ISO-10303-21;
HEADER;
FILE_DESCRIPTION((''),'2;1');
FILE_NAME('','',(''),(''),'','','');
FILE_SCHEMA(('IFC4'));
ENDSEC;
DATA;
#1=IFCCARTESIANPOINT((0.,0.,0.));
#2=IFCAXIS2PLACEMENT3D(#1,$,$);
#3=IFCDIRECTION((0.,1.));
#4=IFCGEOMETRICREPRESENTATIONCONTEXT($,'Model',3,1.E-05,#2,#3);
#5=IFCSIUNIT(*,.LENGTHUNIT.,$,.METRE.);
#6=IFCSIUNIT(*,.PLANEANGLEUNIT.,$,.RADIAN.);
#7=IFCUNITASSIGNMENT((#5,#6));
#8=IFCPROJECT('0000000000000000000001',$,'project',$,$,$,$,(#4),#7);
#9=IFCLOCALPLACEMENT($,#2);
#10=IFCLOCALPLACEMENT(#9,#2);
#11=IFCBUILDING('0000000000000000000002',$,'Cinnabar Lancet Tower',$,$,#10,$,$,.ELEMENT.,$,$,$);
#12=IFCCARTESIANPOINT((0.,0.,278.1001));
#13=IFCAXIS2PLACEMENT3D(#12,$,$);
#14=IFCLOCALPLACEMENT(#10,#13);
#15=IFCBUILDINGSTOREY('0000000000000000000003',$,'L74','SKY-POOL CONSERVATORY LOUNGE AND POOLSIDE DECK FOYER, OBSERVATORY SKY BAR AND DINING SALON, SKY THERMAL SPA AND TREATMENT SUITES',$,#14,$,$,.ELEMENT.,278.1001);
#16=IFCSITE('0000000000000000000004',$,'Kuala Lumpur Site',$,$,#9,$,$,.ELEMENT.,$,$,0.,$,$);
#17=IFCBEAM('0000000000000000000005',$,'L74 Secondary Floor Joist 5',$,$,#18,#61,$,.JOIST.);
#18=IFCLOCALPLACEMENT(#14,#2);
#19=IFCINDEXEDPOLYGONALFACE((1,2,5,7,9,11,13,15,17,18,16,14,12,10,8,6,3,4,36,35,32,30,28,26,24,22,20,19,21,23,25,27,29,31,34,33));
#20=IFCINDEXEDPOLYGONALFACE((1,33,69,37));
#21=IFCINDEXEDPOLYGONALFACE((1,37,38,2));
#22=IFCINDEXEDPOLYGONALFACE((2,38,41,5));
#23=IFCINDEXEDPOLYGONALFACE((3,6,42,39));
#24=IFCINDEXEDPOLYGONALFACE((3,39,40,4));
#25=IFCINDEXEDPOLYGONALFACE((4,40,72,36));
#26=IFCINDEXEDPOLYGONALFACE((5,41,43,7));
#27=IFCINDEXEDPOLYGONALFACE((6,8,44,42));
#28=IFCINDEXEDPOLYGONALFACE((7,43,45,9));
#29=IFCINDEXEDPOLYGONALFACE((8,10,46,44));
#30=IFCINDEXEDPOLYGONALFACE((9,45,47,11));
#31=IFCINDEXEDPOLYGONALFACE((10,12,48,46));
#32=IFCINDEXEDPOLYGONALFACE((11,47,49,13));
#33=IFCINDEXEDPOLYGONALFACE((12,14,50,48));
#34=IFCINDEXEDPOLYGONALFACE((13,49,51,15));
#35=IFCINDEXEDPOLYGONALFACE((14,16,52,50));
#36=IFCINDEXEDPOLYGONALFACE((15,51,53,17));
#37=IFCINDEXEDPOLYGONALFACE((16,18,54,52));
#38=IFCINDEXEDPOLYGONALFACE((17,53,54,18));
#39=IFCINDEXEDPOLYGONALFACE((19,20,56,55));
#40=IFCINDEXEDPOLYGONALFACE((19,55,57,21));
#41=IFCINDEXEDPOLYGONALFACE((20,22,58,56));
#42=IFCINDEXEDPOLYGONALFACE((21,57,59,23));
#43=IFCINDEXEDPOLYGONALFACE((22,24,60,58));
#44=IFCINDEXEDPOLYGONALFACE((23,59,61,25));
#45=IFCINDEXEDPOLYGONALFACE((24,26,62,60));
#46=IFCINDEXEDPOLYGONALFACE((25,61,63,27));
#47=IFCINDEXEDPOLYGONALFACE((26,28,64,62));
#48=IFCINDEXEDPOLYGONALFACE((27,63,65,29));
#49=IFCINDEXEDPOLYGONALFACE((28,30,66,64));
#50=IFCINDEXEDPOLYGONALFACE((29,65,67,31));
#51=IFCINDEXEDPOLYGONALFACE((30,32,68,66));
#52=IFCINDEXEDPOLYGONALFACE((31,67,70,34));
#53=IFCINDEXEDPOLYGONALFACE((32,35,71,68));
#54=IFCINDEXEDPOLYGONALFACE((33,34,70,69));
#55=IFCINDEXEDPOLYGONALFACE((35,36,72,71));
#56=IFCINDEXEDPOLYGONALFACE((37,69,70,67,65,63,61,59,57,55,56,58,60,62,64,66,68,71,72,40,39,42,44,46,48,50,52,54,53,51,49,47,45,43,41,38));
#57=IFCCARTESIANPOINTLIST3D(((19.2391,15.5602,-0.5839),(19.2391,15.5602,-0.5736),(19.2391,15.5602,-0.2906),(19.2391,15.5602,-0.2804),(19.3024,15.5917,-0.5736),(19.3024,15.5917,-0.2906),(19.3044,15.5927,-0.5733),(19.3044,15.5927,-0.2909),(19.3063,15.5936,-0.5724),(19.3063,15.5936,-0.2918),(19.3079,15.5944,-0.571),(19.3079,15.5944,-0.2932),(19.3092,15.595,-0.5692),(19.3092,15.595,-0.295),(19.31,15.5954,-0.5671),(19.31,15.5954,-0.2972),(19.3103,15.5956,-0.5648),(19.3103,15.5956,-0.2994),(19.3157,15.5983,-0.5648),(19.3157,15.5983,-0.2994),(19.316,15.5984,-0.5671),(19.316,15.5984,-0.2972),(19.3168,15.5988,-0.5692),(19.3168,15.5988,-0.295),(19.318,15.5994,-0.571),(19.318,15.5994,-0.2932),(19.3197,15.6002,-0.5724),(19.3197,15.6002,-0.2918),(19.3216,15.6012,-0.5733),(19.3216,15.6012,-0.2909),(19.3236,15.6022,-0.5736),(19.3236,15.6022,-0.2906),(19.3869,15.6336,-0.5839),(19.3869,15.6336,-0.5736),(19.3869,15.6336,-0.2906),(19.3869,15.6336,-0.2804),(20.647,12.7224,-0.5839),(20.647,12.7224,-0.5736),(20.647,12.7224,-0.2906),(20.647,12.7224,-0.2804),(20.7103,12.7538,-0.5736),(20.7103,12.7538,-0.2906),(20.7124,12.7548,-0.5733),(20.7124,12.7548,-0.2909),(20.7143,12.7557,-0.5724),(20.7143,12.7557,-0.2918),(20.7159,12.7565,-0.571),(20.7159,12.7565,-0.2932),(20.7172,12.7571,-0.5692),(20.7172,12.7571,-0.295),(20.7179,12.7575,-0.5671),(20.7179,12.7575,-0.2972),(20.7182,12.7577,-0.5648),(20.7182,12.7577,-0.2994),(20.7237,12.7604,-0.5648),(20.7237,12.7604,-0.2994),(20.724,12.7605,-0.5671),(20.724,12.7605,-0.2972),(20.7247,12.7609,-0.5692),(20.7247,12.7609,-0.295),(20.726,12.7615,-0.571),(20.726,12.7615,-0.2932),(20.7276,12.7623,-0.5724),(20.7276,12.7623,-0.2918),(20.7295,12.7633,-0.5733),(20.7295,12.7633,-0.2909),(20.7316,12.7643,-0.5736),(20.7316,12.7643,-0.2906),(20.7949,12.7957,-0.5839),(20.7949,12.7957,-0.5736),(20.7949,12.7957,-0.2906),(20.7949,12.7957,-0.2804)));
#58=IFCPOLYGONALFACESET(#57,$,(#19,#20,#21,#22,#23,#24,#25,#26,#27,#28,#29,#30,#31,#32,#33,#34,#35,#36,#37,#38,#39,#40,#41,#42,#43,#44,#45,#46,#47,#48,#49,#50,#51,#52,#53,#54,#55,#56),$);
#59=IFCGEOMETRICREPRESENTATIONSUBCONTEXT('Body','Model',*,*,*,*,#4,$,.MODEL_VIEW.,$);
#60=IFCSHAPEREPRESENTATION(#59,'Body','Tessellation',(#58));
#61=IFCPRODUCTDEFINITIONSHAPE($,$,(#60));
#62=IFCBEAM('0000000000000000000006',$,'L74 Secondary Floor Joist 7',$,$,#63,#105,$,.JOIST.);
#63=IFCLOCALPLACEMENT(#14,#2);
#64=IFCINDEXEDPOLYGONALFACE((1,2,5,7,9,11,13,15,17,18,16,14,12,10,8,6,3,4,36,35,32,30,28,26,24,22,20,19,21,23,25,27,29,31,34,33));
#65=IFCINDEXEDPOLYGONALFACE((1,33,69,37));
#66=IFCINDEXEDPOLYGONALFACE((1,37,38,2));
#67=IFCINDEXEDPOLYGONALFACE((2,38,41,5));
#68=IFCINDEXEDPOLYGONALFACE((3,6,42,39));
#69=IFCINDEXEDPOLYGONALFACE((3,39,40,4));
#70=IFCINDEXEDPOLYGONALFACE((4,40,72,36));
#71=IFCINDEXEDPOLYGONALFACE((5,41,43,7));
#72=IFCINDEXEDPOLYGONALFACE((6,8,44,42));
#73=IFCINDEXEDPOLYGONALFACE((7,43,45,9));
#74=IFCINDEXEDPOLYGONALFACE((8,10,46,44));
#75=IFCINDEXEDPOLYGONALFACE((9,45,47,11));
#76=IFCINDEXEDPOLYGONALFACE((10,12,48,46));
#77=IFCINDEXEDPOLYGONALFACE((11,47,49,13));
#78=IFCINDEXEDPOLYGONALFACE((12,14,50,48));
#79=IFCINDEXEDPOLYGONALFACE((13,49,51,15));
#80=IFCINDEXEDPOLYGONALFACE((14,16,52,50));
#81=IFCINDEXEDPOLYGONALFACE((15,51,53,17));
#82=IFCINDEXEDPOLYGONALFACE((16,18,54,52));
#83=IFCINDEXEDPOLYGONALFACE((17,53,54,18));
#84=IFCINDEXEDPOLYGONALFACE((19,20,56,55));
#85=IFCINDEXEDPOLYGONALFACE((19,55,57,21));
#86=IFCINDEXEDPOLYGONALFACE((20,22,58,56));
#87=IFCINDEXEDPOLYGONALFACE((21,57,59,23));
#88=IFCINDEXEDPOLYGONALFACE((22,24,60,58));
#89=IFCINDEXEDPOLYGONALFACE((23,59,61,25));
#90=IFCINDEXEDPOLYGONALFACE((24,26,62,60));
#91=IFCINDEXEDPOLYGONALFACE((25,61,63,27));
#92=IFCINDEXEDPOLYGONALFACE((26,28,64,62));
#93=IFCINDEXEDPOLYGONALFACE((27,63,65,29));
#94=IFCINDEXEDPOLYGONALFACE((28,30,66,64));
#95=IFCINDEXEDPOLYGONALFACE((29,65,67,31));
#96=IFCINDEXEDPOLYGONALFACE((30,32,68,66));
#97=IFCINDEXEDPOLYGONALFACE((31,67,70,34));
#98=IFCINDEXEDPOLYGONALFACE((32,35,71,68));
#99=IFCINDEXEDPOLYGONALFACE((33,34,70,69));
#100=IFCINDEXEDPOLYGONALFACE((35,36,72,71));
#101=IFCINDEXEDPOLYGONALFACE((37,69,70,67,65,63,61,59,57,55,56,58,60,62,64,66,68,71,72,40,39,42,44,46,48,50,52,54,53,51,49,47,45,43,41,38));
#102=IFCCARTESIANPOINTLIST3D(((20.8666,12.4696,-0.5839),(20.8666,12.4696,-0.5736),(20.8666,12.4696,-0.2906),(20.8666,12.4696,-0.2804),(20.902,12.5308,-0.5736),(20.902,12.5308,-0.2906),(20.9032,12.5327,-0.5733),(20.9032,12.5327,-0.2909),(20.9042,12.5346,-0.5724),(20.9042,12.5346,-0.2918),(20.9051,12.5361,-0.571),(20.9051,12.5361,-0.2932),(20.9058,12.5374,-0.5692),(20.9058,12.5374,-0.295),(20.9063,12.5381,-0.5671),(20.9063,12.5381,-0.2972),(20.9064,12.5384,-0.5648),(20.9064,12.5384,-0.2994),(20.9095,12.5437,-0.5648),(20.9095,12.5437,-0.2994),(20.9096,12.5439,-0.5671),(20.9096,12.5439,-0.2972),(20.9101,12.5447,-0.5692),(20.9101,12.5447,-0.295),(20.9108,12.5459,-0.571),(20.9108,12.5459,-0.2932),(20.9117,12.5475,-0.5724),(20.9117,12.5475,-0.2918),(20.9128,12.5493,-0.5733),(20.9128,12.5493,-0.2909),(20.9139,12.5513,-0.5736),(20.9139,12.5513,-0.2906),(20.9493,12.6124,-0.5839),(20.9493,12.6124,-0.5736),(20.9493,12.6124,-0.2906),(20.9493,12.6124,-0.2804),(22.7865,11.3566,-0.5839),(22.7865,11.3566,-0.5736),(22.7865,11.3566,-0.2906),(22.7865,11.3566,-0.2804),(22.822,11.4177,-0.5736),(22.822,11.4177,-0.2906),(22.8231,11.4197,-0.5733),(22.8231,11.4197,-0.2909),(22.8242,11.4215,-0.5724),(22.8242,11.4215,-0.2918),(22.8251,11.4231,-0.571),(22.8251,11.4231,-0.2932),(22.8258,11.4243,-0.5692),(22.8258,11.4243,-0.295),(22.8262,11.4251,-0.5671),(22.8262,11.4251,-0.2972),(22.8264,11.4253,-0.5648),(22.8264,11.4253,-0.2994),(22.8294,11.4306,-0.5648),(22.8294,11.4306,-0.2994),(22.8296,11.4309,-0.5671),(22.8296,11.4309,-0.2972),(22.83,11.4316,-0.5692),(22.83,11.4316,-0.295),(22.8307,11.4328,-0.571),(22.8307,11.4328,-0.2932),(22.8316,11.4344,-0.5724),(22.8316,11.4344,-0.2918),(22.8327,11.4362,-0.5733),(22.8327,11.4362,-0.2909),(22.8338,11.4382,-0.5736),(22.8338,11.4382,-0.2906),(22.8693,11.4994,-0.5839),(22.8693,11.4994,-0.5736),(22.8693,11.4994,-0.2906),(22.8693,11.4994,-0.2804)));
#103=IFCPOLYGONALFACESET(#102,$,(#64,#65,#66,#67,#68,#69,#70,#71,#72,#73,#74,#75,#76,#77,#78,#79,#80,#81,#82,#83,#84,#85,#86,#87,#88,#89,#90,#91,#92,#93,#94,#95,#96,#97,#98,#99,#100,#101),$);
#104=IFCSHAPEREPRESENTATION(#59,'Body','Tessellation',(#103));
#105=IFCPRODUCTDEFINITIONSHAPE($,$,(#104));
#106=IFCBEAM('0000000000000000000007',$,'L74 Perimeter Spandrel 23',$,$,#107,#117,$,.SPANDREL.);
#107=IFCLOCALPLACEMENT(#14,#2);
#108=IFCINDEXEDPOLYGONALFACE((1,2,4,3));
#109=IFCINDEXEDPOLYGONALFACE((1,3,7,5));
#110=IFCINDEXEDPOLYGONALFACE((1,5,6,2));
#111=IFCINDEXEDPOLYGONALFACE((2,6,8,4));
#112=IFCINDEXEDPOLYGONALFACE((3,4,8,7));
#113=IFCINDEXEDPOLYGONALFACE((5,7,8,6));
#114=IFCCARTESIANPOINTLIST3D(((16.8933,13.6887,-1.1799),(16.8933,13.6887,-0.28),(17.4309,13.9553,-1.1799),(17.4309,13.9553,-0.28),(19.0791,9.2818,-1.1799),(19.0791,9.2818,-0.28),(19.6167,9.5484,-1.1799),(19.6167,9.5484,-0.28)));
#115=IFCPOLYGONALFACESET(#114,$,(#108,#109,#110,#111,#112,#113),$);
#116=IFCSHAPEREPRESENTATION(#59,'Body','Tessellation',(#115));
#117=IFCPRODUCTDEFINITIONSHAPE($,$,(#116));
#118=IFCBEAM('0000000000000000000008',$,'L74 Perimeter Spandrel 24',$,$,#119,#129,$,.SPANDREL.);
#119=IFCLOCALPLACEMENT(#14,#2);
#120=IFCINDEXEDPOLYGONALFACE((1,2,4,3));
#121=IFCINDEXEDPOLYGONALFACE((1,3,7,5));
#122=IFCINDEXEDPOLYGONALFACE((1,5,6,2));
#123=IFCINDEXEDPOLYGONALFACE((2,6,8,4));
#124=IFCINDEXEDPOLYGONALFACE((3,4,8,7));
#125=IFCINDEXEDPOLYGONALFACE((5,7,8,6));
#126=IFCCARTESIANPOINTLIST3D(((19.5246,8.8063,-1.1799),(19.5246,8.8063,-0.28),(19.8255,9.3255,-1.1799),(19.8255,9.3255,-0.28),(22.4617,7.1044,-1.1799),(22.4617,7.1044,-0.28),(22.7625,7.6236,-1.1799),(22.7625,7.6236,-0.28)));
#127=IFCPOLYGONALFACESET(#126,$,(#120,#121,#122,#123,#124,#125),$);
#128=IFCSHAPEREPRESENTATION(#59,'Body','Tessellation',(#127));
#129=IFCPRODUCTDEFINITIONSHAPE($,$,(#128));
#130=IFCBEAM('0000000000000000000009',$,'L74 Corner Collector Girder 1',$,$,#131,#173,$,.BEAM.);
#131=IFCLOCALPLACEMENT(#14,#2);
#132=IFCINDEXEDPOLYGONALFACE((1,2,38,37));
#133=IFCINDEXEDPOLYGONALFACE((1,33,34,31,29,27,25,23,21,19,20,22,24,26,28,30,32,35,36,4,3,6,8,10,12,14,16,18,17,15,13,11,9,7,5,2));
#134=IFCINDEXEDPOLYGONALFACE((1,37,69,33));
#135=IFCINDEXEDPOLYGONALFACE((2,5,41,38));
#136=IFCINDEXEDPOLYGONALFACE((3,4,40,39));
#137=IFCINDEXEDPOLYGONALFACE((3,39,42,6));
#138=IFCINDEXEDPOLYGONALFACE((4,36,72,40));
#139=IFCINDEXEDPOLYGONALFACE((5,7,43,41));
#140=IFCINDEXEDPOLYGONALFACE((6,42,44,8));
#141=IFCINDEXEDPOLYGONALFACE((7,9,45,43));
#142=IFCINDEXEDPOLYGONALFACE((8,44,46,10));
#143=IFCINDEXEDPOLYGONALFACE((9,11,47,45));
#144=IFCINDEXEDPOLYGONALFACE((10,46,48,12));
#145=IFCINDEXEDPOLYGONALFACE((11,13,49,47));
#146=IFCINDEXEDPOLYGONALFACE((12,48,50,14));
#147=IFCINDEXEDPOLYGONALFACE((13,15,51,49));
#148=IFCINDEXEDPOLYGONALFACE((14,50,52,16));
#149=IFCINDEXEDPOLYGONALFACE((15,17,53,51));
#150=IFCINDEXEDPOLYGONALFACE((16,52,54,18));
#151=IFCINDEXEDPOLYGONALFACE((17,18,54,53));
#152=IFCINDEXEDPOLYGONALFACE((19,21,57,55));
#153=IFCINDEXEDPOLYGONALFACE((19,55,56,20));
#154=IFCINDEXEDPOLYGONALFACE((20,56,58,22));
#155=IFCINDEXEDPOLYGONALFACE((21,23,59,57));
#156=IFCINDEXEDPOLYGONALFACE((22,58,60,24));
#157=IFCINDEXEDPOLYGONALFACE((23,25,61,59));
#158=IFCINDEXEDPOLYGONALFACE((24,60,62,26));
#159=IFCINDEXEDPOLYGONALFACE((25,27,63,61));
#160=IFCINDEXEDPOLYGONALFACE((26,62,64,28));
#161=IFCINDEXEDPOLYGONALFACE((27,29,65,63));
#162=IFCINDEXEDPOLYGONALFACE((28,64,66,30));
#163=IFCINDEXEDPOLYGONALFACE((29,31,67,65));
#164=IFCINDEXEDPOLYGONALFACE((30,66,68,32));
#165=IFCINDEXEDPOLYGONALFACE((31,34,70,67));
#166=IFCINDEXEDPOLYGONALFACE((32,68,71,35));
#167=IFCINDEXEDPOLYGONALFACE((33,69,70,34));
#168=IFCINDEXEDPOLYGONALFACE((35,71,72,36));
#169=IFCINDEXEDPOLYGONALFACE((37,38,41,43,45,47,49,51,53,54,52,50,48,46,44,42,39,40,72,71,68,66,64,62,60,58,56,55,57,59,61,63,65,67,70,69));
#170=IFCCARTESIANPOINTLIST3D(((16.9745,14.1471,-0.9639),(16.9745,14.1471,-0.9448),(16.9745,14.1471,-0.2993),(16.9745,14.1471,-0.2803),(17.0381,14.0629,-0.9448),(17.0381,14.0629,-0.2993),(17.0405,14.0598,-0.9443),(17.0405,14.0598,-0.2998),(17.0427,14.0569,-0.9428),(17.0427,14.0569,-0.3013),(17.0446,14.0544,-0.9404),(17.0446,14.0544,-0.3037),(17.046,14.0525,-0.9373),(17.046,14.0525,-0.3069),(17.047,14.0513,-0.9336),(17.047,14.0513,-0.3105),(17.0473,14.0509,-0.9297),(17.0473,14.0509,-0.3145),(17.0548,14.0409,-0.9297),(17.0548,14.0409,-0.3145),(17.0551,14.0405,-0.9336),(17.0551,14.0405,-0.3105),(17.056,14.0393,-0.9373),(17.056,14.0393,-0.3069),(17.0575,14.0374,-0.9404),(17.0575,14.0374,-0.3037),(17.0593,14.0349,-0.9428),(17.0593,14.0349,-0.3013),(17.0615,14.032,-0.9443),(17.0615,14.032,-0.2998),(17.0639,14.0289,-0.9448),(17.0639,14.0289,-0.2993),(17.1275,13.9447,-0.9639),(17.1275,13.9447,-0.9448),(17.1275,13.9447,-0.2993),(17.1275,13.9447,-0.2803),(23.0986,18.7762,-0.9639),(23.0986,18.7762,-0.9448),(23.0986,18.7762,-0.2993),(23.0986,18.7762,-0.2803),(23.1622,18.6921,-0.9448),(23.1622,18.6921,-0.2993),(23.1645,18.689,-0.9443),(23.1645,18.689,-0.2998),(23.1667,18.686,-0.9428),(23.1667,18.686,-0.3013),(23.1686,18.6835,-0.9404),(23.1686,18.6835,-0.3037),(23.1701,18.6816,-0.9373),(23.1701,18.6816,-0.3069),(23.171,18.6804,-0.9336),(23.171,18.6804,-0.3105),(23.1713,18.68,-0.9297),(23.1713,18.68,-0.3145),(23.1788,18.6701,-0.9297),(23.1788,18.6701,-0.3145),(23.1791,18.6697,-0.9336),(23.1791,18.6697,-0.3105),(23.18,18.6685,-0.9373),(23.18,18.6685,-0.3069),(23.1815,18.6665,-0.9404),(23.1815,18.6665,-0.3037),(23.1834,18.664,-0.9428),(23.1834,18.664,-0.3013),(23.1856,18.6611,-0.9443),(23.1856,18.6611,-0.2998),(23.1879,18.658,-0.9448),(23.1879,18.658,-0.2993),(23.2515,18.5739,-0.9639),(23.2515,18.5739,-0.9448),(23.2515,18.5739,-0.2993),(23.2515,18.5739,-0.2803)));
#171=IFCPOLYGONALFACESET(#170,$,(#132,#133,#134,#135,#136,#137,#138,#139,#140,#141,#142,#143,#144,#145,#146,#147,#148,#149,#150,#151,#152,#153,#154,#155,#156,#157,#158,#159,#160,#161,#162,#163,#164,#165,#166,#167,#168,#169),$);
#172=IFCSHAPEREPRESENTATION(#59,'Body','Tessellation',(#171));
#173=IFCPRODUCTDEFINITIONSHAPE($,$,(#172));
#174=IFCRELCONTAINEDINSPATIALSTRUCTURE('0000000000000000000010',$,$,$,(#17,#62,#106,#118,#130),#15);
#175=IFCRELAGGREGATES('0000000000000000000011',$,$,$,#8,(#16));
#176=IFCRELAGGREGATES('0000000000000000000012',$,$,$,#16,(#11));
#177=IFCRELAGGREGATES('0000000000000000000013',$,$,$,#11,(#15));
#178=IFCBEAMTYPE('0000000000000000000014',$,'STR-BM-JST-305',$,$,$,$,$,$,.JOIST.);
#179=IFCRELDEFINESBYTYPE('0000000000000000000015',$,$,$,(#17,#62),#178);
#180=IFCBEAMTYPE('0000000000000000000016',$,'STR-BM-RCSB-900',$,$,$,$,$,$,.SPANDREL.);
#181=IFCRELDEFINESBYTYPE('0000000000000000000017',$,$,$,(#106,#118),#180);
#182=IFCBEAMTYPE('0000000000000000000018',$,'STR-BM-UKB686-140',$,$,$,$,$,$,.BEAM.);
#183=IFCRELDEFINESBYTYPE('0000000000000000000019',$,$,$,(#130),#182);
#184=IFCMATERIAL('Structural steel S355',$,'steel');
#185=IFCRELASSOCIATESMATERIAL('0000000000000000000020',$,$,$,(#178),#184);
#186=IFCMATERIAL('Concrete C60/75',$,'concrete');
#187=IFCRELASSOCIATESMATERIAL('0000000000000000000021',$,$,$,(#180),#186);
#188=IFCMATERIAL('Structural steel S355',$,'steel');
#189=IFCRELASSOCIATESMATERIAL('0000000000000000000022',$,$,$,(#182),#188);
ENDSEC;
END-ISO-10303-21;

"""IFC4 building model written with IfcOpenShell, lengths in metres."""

from ifc_helpers import new_model, si_unit, direction, frame, origin, origin_2d, place, context, subcontext, project, spatial, rectangle, i_section, extrude, material, material_profile, profile_set, type_object, element, save


model = new_model("IFC4")

# Units and contexts
model_context = context("Model", 3, precision=1e-05, world=origin(), true_north=direction((0.0, 1.0)))
body_context = subcontext(model_context, "Body", "Model", "MODEL_VIEW")
ifc_project = project(units=[si_unit("LENGTHUNIT", "METRE"), si_unit("PLANEANGLEUNIT", "RADIAN")], contexts=[model_context])

# Site, building, storey
site_placement = place(None, origin())
site = spatial("IfcSite", under=ifc_project, at=site_placement, Name="Kuala Lumpur Site", CompositionType="ELEMENT", RefElevation=0.0)
building_placement = place(site_placement, origin())
building = spatial("IfcBuilding", under=site, at=building_placement, Name="Cinnabar Lancet Tower", CompositionType="ELEMENT")
storey_placement = place(building_placement, frame((0.0, 0.0, 278.1001)))
storey = spatial("IfcBuildingStorey", under=building, at=storey_placement, Name="L74", Description="SKY-POOL CONSERVATORY LOUNGE AND POOLSIDE DECK FOYER, OBSERVATORY SKY BAR AND DINING SALON, SKY THERMAL SPA AND TREATMENT SUITES", CompositionType="ELEMENT", Elevation=278.1001)

# Beams
ifc_material_1 = material(Name="Structural steel S355", Category="steel")
ifc_material_profile_1 = material_profile(ifc_material_1, i_section(OverallWidth=0.165, OverallDepth=0.3035, WebThickness=0.0061, FlangeThickness=0.0103, FilletRadius=0.0088, at=origin_2d()), Name="UKB 305x165x40")
ifc_profile_set_1 = profile_set([ifc_material_profile_1], Name="Structural steel S355")
beam_type_1 = type_object("IfcBeamType", Name="STR-BM-JST-305", PredefinedType="JOIST", material=ifc_profile_set_1)
beam_1_placement = place(storey_placement, frame((19.313, 15.5969, -0.4321), z_axis=(0.444437, -0.89581, 0.0), x_axis=(0.89581, 0.444437, 0.0)))
element("IfcBeam", 1, at=beam_1_placement, inside=storey, type_object=beam_type_1, Name="L74 Secondary Floor Joist 5", PredefinedType="JOIST", context=body_context, shape_type="SweptSolid", body=[
    extrude(i_section(OverallWidth=0.165, OverallDepth=0.3035, WebThickness=0.0061, FlangeThickness=0.0103, FilletRadius=0.0088, at=origin_2d()), origin(), (0.0, 0.0, 1.0), 3.168),
])
beam_2_placement = place(storey_placement, frame((20.908, 12.541, -0.4321), z_axis=(0.865132, -0.501544, 0.0), x_axis=(0.501544, 0.865132, 0.0)))
element("IfcBeam", 2, at=beam_2_placement, inside=storey, type_object=beam_type_1, Name="L74 Secondary Floor Joist 7", PredefinedType="JOIST", context=body_context, shape_type="SweptSolid", body=[
    extrude(i_section(OverallWidth=0.165, OverallDepth=0.3035, WebThickness=0.0061, FlangeThickness=0.0103, FilletRadius=0.0088, at=origin_2d()), origin(), (0.0, 0.0, 1.0), 2.2192),
])
ifc_material_2 = material(Name="Concrete C60/75", Category="concrete")
ifc_material_profile_2 = material_profile(ifc_material_2, rectangle(XDim=0.6001, YDim=0.8999, at=origin_2d()), Name="RC-SB 600x900")
ifc_profile_set_2 = profile_set([ifc_material_profile_2], Name="Concrete C60/75")
beam_type_2 = type_object("IfcBeamType", Name="STR-BM-RCSB-900", PredefinedType="SPANDREL", material=ifc_profile_set_2)
beam_3_placement = place(storey_placement, frame((17.1621, 13.822, -0.73), z_axis=(0.444333, -0.895862, 0.0), x_axis=(0.895862, 0.444333, 0.0)))
element("IfcBeam", 3, at=beam_3_placement, inside=storey, type_object=beam_type_2, Name="L74 Perimeter Spandrel 23", PredefinedType="SPANDREL", context=body_context, shape_type="SweptSolid", body=[
    extrude(rectangle(XDim=0.6001, YDim=0.8999, at=origin_2d()), origin(), (0.0, 0.0, 1.0), 4.9192),
])
beam_4_placement = place(storey_placement, frame((19.675, 9.0659, -0.73), z_axis=(0.865231, -0.501374, 0.0), x_axis=(0.501374, 0.865231, 0.0)))
element("IfcBeam", 4, at=beam_4_placement, inside=storey, type_object=beam_type_2, Name="L74 Perimeter Spandrel 24", PredefinedType="SPANDREL", context=body_context, shape_type="SweptSolid", body=[
    extrude(rectangle(XDim=0.6001, YDim=0.8999, at=origin_2d()), origin(), (0.0, 0.0, 1.0), 3.3945),
])
ifc_material_3 = material(Name="Structural steel S355", Category="steel")
ifc_material_profile_3 = material_profile(ifc_material_3, i_section(OverallWidth=0.2537, OverallDepth=0.6836, WebThickness=0.0125, FlangeThickness=0.019, FilletRadius=0.0151, at=origin_2d()), Name="UKB 686x254x140")
ifc_profile_set_3 = profile_set([ifc_material_profile_3], Name="Structural steel S355")
beam_type_3 = type_object("IfcBeamType", Name="STR-BM-UKB686-140", PredefinedType="BEAM", material=ifc_profile_set_3)
beam_5_placement = place(storey_placement, frame((17.051, 14.0459, -0.6221), z_axis=(0.797735, 0.603008, 0.0), x_axis=(-0.603008, 0.797735, 0.0)))
element("IfcBeam", 5, at=beam_5_placement, inside=storey, type_object=beam_type_3, Name="L74 Corner Collector Girder 1", PredefinedType="BEAM", context=body_context, shape_type="SweptSolid", body=[
    extrude(i_section(OverallWidth=0.2537, OverallDepth=0.6836, WebThickness=0.0125, FlangeThickness=0.019, FilletRadius=0.0151, at=origin_2d()), origin(), (0.0, 0.0, 1.0), 7.6768),
])

save(model, "model.ifc")
